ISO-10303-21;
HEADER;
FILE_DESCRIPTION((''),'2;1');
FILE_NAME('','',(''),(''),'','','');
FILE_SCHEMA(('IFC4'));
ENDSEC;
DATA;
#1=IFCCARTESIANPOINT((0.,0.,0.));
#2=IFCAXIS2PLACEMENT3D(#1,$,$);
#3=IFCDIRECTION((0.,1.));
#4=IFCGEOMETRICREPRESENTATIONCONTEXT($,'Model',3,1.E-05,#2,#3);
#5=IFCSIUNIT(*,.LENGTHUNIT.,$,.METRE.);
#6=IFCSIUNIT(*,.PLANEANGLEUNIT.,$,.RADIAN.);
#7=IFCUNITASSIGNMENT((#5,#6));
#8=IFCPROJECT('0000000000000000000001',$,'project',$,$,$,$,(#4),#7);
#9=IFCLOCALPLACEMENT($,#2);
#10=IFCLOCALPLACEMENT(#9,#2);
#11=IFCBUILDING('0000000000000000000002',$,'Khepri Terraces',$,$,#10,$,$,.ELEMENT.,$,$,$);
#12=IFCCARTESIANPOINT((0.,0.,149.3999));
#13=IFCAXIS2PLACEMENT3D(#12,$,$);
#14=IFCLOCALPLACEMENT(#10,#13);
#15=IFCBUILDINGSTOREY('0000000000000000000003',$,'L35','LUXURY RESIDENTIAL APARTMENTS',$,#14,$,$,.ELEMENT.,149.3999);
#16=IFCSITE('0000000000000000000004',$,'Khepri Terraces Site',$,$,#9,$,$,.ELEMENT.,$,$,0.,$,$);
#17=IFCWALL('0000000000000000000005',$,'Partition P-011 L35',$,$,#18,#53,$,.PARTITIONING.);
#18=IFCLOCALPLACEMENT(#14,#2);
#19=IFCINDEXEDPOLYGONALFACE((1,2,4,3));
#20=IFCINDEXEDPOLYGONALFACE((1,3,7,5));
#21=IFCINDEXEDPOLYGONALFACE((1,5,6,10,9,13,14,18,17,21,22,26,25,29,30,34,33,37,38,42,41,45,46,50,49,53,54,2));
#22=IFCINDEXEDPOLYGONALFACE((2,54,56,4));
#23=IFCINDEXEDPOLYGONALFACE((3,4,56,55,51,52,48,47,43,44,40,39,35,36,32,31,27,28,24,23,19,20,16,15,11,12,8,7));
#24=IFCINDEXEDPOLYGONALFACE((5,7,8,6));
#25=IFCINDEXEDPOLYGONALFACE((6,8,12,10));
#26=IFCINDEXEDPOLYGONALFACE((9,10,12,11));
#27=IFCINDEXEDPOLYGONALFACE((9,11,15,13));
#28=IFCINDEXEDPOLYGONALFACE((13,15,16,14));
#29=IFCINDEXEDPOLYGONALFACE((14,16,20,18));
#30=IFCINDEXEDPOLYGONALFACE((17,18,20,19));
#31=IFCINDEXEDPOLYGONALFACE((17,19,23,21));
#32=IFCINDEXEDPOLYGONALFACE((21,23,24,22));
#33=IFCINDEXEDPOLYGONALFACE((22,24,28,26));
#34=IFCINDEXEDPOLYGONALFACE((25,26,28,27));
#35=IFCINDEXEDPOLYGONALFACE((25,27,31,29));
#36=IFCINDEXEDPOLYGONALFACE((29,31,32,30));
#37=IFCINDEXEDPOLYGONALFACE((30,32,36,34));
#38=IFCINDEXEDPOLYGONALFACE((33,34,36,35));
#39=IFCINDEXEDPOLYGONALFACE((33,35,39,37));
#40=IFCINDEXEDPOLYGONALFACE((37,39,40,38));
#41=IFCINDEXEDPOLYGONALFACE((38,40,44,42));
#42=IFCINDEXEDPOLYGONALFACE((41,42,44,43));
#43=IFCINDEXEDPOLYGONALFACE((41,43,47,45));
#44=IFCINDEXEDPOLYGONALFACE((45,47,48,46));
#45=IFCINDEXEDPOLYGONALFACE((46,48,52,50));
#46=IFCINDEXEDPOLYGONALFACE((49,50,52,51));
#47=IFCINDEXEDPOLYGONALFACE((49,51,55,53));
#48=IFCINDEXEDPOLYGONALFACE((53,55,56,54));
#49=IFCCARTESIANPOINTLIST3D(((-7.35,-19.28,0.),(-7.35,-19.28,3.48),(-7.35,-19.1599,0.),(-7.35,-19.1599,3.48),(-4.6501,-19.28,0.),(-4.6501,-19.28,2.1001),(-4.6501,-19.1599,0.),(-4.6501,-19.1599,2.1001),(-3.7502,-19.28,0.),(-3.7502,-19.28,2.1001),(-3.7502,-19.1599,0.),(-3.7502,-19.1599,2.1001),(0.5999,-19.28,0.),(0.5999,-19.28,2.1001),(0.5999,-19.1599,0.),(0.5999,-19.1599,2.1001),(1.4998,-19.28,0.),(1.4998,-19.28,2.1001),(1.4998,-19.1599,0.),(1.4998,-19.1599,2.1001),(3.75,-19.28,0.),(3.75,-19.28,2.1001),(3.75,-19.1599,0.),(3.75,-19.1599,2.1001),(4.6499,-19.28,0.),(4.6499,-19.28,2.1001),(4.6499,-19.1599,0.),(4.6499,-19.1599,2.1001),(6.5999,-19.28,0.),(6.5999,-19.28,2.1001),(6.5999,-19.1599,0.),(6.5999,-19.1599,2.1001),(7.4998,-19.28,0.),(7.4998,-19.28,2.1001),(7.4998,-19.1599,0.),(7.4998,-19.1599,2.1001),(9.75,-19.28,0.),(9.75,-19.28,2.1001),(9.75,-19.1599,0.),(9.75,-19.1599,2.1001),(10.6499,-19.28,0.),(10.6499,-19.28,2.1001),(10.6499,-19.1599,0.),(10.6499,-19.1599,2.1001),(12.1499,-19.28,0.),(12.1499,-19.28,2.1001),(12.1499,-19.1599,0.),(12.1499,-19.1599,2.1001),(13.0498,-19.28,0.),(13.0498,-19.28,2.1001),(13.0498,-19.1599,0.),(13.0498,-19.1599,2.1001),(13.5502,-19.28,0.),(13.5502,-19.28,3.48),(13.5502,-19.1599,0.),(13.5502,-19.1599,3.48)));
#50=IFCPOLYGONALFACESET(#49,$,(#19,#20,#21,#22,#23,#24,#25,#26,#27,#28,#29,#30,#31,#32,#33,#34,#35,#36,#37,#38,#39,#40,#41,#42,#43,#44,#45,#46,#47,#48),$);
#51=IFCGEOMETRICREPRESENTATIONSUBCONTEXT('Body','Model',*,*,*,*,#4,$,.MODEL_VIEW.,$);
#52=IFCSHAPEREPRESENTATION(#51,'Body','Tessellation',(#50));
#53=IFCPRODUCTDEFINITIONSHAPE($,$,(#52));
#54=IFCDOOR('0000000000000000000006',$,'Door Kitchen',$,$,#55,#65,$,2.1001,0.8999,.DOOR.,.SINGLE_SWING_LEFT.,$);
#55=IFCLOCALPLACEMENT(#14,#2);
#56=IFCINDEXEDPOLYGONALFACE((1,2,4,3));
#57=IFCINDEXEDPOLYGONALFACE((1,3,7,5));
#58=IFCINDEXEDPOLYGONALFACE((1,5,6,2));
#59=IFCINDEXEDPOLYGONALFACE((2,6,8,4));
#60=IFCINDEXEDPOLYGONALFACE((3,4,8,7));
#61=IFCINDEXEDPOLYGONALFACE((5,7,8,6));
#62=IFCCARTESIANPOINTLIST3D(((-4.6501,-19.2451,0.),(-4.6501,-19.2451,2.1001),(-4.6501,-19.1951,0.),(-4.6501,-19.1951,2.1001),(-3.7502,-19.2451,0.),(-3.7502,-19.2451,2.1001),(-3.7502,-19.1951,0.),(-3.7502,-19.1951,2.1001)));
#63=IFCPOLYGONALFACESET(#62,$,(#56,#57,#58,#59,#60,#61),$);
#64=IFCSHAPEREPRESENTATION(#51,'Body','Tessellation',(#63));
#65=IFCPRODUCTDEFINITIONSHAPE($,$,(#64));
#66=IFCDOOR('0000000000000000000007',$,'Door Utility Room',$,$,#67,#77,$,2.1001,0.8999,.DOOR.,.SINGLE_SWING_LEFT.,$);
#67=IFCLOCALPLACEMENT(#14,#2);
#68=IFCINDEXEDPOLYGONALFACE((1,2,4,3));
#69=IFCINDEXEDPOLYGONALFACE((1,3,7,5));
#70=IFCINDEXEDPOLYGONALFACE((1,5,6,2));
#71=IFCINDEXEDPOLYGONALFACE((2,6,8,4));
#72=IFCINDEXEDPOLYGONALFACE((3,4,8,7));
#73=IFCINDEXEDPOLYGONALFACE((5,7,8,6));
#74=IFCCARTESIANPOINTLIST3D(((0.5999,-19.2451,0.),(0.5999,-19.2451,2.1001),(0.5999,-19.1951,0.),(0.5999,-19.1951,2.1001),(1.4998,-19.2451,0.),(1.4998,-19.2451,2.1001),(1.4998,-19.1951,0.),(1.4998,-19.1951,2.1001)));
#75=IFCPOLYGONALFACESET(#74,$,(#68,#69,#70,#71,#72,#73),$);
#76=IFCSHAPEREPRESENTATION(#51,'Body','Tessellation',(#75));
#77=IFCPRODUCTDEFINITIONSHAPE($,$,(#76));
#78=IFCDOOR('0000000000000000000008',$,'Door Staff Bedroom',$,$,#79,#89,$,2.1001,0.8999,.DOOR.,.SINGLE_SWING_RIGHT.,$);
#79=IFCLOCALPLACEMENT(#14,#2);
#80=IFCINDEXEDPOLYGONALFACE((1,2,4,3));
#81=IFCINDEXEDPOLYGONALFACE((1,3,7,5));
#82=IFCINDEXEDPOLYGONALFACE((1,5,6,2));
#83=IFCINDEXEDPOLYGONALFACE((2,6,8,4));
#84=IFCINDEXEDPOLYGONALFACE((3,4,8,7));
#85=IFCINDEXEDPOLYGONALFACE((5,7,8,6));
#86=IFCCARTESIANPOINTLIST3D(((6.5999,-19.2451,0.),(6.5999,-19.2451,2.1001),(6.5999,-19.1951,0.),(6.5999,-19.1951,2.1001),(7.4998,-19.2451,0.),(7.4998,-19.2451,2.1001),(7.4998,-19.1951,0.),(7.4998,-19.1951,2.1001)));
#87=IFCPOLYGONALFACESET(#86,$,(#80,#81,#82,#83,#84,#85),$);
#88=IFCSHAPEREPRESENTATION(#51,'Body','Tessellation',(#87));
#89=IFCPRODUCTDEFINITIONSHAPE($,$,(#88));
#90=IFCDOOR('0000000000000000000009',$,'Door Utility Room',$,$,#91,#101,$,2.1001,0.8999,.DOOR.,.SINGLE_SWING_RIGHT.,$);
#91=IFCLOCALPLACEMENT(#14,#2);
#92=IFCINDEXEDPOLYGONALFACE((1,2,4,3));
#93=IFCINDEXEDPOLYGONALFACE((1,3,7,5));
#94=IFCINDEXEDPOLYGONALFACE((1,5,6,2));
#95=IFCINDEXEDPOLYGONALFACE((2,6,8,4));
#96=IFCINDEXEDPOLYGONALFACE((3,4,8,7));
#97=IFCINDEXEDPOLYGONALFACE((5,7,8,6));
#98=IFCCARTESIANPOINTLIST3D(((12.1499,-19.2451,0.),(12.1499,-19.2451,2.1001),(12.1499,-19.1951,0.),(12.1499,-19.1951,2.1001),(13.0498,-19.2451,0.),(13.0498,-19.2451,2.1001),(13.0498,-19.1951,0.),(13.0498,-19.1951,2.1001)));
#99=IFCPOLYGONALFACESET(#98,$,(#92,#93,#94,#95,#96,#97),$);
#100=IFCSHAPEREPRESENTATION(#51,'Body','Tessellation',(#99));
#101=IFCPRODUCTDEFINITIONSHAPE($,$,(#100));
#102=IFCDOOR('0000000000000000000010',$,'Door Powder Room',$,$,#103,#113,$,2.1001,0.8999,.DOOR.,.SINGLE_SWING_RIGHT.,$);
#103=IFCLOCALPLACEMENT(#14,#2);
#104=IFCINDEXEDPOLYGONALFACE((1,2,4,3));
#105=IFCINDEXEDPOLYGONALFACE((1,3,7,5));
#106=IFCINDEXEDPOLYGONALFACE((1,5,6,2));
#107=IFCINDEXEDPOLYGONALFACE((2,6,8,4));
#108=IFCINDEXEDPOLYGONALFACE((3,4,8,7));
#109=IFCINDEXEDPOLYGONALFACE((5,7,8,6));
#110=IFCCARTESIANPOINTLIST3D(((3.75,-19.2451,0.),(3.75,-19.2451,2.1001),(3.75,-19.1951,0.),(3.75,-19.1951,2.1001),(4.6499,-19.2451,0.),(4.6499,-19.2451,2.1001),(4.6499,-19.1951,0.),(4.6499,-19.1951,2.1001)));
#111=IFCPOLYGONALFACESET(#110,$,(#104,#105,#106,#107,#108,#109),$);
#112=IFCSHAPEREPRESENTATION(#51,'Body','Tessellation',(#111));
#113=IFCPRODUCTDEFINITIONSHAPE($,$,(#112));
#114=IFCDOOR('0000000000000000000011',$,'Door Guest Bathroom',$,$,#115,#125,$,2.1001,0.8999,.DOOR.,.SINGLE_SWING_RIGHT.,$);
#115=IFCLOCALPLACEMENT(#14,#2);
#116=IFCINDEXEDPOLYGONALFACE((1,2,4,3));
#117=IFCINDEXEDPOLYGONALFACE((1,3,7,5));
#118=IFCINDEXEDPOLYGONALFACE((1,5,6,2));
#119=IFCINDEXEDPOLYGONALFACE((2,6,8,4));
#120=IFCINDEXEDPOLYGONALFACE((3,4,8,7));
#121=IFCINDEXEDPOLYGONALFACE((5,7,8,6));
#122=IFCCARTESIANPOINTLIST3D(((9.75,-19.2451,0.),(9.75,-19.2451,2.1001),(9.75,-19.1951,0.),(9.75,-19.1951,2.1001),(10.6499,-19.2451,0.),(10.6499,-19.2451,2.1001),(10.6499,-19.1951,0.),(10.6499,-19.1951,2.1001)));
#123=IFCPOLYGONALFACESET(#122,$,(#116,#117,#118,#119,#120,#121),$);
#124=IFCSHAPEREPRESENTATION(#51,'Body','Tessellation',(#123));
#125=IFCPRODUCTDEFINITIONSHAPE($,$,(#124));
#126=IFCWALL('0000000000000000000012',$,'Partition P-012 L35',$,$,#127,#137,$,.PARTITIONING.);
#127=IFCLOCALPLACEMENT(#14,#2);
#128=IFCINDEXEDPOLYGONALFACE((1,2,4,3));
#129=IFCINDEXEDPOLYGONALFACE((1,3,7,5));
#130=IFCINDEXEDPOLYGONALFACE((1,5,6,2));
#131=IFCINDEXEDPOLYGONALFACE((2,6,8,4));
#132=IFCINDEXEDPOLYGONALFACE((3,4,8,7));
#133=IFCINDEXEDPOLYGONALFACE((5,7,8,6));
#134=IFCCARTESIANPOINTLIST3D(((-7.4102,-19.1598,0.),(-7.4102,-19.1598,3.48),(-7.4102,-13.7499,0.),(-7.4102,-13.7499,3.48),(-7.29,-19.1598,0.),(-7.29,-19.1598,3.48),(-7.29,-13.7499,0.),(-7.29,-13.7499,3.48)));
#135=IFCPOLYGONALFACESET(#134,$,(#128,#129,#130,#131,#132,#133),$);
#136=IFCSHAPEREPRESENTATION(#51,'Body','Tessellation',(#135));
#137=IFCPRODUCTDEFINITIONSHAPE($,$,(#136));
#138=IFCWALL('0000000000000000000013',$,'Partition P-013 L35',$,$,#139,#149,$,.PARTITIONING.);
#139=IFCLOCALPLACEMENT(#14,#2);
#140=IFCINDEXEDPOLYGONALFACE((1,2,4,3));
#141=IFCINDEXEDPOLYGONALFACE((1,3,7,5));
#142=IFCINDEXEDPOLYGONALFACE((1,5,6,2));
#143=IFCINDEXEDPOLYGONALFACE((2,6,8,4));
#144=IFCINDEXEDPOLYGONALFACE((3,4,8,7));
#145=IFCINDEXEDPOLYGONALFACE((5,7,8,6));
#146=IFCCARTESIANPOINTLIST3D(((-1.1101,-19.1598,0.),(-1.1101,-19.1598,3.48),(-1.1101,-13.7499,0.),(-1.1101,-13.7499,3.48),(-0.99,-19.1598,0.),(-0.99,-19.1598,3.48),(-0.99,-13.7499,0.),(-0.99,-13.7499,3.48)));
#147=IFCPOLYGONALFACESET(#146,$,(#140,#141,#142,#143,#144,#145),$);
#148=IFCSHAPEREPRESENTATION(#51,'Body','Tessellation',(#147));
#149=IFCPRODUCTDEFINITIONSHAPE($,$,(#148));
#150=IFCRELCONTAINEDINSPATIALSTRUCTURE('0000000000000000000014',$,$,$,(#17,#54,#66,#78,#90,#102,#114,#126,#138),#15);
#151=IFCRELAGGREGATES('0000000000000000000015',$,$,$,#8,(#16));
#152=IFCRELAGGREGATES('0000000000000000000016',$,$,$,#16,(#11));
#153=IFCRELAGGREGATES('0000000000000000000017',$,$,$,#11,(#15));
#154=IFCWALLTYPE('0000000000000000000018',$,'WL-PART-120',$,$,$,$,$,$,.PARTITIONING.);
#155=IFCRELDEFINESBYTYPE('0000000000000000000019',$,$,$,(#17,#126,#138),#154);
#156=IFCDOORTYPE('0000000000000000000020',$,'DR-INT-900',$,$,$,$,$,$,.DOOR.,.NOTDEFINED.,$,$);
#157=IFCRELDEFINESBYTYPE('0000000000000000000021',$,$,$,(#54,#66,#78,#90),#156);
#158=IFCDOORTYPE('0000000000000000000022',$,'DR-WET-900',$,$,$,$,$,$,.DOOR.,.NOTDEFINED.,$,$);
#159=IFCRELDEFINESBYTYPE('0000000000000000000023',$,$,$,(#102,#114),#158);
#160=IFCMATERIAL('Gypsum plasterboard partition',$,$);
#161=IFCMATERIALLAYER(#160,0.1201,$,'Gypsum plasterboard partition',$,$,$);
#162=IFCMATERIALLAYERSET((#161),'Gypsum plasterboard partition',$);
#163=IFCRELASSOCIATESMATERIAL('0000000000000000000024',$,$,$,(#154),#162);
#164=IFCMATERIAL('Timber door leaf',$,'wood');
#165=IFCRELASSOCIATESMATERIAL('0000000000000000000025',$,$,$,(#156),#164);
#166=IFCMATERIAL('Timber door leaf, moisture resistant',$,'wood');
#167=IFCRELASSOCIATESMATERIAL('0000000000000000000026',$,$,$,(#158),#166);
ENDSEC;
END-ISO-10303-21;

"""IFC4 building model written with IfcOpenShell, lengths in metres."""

from ifc_helpers import new_model, si_unit, direction, frame, frame_2d, origin, place, context, subcontext, project, spatial, rectangle, extrude, material, layer, layer_set, type_object, element, fill, save


model = new_model("IFC4")

# Units and contexts
model_context = context("Model", 3, precision=1e-05, world=origin(), true_north=direction((0.0, 1.0)))
body_context = subcontext(model_context, "Body", "Model", "MODEL_VIEW")
ifc_project = project(units=[si_unit("LENGTHUNIT", "METRE"), si_unit("PLANEANGLEUNIT", "RADIAN")], contexts=[model_context])

# Site, building, storey
site_placement = place(None, origin())
site = spatial("IfcSite", under=ifc_project, at=site_placement, Name="Khepri Terraces Site", CompositionType="ELEMENT", RefElevation=0.0)
building_placement = place(site_placement, origin())
building = spatial("IfcBuilding", under=site, at=building_placement, Name="Khepri Terraces", CompositionType="ELEMENT")
storey_placement = place(building_placement, frame((0.0, 0.0, 149.3999)))
storey = spatial("IfcBuildingStorey", under=building, at=storey_placement, Name="L35", Description="LUXURY RESIDENTIAL APARTMENTS", CompositionType="ELEMENT", Elevation=149.3999)

# Shared definitions
ifc_material_1 = material(Name="Gypsum plasterboard partition")
ifc_layer_1 = layer(ifc_material_1, 0.1201, Name="Gypsum plasterboard partition")
ifc_layer_set_1 = layer_set([ifc_layer_1], Name="Gypsum plasterboard partition")
wall_type_1 = type_object("IfcWallType", Name="WL-PART-120", PredefinedType="PARTITIONING", material=ifc_layer_set_1)

# Wall, openings, doors
wall_1_placement = place(storey_placement, frame((-7.3501, -19.22, 0.0), z_axis=(0.0, 0.0, 1.0), x_axis=(1.0, 0.0, 0.0)))
wall_1 = element("IfcWall", 1, at=wall_1_placement, inside=storey, type_object=wall_type_1, Name="Partition P-011 L35", PredefinedType="PARTITIONING", context=body_context, shape_type="SweptSolid", body=[
    extrude(rectangle(XDim=20.9001, YDim=0.1201, at=frame_2d((10.4502, 0.0))), origin(), (0.0, 0.0, 1.0), 3.48),
])
opening_1_placement = place(wall_1_placement, frame((2.7, 0.0, 0.0)))
opening_1 = element("IfcOpeningElement", 2, at=opening_1_placement, cuts=wall_1, PredefinedType="OPENING", context=body_context, shape_type="SweptSolid", body=[
    extrude(rectangle(XDim=0.8999, YDim=2.1001, at=frame_2d((0.45, 1.05))), frame((0.0, 0.0701, 0.0), z_axis=(0.0, -1.0, 0.0), x_axis=(1.0, 0.0, 0.0)), (0.0, 0.0, 1.0), 0.1401),
])
opening_2_placement = place(wall_1_placement, frame((7.95, 0.0, 0.0)))
opening_2 = element("IfcOpeningElement", 3, at=opening_2_placement, cuts=wall_1, PredefinedType="OPENING", context=body_context, shape_type="SweptSolid", body=[
    extrude(rectangle(XDim=0.8999, YDim=2.1001, at=frame_2d((0.45, 1.05))), frame((0.0, 0.0701, 0.0), z_axis=(0.0, -1.0, 0.0), x_axis=(1.0, 0.0, 0.0)), (0.0, 0.0, 1.0), 0.1401),
])
opening_3_placement = place(wall_1_placement, frame((11.1001, 0.0, 0.0)))
opening_3 = element("IfcOpeningElement", 4, at=opening_3_placement, cuts=wall_1, PredefinedType="OPENING", context=body_context, shape_type="SweptSolid", body=[
    extrude(rectangle(XDim=0.8999, YDim=2.1001, at=frame_2d((0.45, 1.05))), frame((0.0, 0.0701, 0.0), z_axis=(0.0, -1.0, 0.0), x_axis=(1.0, 0.0, 0.0)), (0.0, 0.0, 1.0), 0.1401),
])
opening_4_placement = place(wall_1_placement, frame((13.95, 0.0, 0.0)))
opening_4 = element("IfcOpeningElement", 5, at=opening_4_placement, cuts=wall_1, PredefinedType="OPENING", context=body_context, shape_type="SweptSolid", body=[
    extrude(rectangle(XDim=0.8999, YDim=2.1001, at=frame_2d((0.45, 1.05))), frame((0.0, 0.0701, 0.0), z_axis=(0.0, -1.0, 0.0), x_axis=(1.0, 0.0, 0.0)), (0.0, 0.0, 1.0), 0.1401),
])
opening_5_placement = place(wall_1_placement, frame((17.1001, 0.0, 0.0)))
opening_5 = element("IfcOpeningElement", 6, at=opening_5_placement, cuts=wall_1, PredefinedType="OPENING", context=body_context, shape_type="SweptSolid", body=[
    extrude(rectangle(XDim=0.8999, YDim=2.1001, at=frame_2d((0.45, 1.05))), frame((0.0, 0.0701, 0.0), z_axis=(0.0, -1.0, 0.0), x_axis=(1.0, 0.0, 0.0)), (0.0, 0.0, 1.0), 0.1401),
])
opening_6_placement = place(wall_1_placement, frame((19.5, 0.0, 0.0)))
opening_6 = element("IfcOpeningElement", 7, at=opening_6_placement, cuts=wall_1, PredefinedType="OPENING", context=body_context, shape_type="SweptSolid", body=[
    extrude(rectangle(XDim=0.8999, YDim=2.1001, at=frame_2d((0.45, 1.05))), frame((0.0, 0.0701, 0.0), z_axis=(0.0, -1.0, 0.0), x_axis=(1.0, 0.0, 0.0)), (0.0, 0.0, 1.0), 0.1401),
])
ifc_material_2 = material(Name="Timber door leaf", Category="wood")
door_type_1 = type_object("IfcDoorType", Name="DR-INT-900", OperationType="NOTDEFINED", PredefinedType="DOOR", material=ifc_material_2)
door_1_placement = place(opening_1_placement, origin())
door_1 = element("IfcDoor", 8, at=door_1_placement, inside=storey, type_object=door_type_1, Name="Door Kitchen", OperationType="SINGLE_SWING_LEFT", OverallHeight=2.1001, OverallWidth=0.8999, PredefinedType="DOOR", context=body_context, shape_type="SweptSolid", body=[
    extrude(rectangle(XDim=0.8999, YDim=2.1001, at=frame_2d((0.45, 1.05))), frame((0.0, 0.0249, 0.0), z_axis=(0.0, -1.0, 0.0), x_axis=(1.0, 0.0, 0.0)), (0.0, 0.0, 1.0), 0.05),
])
fill(opening_1, door_1)
door_2_placement = place(opening_2_placement, origin())
door_2 = element("IfcDoor", 9, at=door_2_placement, inside=storey, type_object=door_type_1, Name="Door Utility Room", OperationType="SINGLE_SWING_LEFT", OverallHeight=2.1001, OverallWidth=0.8999, PredefinedType="DOOR", context=body_context, shape_type="SweptSolid", body=[
    extrude(rectangle(XDim=0.8999, YDim=2.1001, at=frame_2d((0.45, 1.05))), frame((0.0, 0.0249, 0.0), z_axis=(0.0, -1.0, 0.0), x_axis=(1.0, 0.0, 0.0)), (0.0, 0.0, 1.0), 0.05),
])
fill(opening_2, door_2)
door_3_placement = place(opening_4_placement, origin())
door_3 = element("IfcDoor", 10, at=door_3_placement, inside=storey, type_object=door_type_1, Name="Door Staff Bedroom", OperationType="SINGLE_SWING_RIGHT", OverallHeight=2.1001, OverallWidth=0.8999, PredefinedType="DOOR", context=body_context, shape_type="SweptSolid", body=[
    extrude(rectangle(XDim=0.8999, YDim=2.1001, at=frame_2d((0.45, 1.05))), frame((0.0, 0.0249, 0.0), z_axis=(0.0, -1.0, 0.0), x_axis=(1.0, 0.0, 0.0)), (0.0, 0.0, 1.0), 0.05),
])
fill(opening_4, door_3)
door_4_placement = place(opening_6_placement, origin())
door_4 = element("IfcDoor", 11, at=door_4_placement, inside=storey, type_object=door_type_1, Name="Door Utility Room", OperationType="SINGLE_SWING_RIGHT", OverallHeight=2.1001, OverallWidth=0.8999, PredefinedType="DOOR", context=body_context, shape_type="SweptSolid", body=[
    extrude(rectangle(XDim=0.8999, YDim=2.1001, at=frame_2d((0.45, 1.05))), frame((0.0, 0.0249, 0.0), z_axis=(0.0, -1.0, 0.0), x_axis=(1.0, 0.0, 0.0)), (0.0, 0.0, 1.0), 0.05),
])
fill(opening_6, door_4)
ifc_material_3 = material(Name="Timber door leaf, moisture resistant", Category="wood")
door_type_2 = type_object("IfcDoorType", Name="DR-WET-900", OperationType="NOTDEFINED", PredefinedType="DOOR", material=ifc_material_3)
door_5_placement = place(opening_3_placement, origin())
door_5 = element("IfcDoor", 12, at=door_5_placement, inside=storey, type_object=door_type_2, Name="Door Powder Room", OperationType="SINGLE_SWING_RIGHT", OverallHeight=2.1001, OverallWidth=0.8999, PredefinedType="DOOR", context=body_context, shape_type="SweptSolid", body=[
    extrude(rectangle(XDim=0.8999, YDim=2.1001, at=frame_2d((0.45, 1.05))), frame((0.0, 0.0249, 0.0), z_axis=(0.0, -1.0, 0.0), x_axis=(1.0, 0.0, 0.0)), (0.0, 0.0, 1.0), 0.05),
])
fill(opening_3, door_5)
door_6_placement = place(opening_5_placement, origin())
door_6 = element("IfcDoor", 13, at=door_6_placement, inside=storey, type_object=door_type_2, Name="Door Guest Bathroom", OperationType="SINGLE_SWING_RIGHT", OverallHeight=2.1001, OverallWidth=0.8999, PredefinedType="DOOR", context=body_context, shape_type="SweptSolid", body=[
    extrude(rectangle(XDim=0.8999, YDim=2.1001, at=frame_2d((0.45, 1.05))), frame((0.0, 0.0249, 0.0), z_axis=(0.0, -1.0, 0.0), x_axis=(1.0, 0.0, 0.0)), (0.0, 0.0, 1.0), 0.05),
])
fill(opening_5, door_6)

# Walls
for number, where, z_axis, x_axis, name in (
    (14, (-7.3501, -19.1599, 0.0), (0.0, 0.0, 1.0), (0.0, 1.0, 0.0), "Partition P-012 L35"),
    (15, (-1.05, -19.1599, 0.0), (0.0, 0.0, 1.0), (0.0, 1.0, 0.0), "Partition P-013 L35"),
):
    element("IfcWall", number, at=place(storey_placement, frame(where, z_axis=z_axis, x_axis=x_axis)), inside=storey, type_object=wall_type_1, Name=name, PredefinedType="PARTITIONING", context=body_context, shape_type="SweptSolid", body=[
        extrude(rectangle(XDim=5.4099, YDim=0.1201, at=frame_2d((2.7051, 0.0))), origin(), (0.0, 0.0, 1.0), 3.48),
    ])

save(model, "model.ifc")
